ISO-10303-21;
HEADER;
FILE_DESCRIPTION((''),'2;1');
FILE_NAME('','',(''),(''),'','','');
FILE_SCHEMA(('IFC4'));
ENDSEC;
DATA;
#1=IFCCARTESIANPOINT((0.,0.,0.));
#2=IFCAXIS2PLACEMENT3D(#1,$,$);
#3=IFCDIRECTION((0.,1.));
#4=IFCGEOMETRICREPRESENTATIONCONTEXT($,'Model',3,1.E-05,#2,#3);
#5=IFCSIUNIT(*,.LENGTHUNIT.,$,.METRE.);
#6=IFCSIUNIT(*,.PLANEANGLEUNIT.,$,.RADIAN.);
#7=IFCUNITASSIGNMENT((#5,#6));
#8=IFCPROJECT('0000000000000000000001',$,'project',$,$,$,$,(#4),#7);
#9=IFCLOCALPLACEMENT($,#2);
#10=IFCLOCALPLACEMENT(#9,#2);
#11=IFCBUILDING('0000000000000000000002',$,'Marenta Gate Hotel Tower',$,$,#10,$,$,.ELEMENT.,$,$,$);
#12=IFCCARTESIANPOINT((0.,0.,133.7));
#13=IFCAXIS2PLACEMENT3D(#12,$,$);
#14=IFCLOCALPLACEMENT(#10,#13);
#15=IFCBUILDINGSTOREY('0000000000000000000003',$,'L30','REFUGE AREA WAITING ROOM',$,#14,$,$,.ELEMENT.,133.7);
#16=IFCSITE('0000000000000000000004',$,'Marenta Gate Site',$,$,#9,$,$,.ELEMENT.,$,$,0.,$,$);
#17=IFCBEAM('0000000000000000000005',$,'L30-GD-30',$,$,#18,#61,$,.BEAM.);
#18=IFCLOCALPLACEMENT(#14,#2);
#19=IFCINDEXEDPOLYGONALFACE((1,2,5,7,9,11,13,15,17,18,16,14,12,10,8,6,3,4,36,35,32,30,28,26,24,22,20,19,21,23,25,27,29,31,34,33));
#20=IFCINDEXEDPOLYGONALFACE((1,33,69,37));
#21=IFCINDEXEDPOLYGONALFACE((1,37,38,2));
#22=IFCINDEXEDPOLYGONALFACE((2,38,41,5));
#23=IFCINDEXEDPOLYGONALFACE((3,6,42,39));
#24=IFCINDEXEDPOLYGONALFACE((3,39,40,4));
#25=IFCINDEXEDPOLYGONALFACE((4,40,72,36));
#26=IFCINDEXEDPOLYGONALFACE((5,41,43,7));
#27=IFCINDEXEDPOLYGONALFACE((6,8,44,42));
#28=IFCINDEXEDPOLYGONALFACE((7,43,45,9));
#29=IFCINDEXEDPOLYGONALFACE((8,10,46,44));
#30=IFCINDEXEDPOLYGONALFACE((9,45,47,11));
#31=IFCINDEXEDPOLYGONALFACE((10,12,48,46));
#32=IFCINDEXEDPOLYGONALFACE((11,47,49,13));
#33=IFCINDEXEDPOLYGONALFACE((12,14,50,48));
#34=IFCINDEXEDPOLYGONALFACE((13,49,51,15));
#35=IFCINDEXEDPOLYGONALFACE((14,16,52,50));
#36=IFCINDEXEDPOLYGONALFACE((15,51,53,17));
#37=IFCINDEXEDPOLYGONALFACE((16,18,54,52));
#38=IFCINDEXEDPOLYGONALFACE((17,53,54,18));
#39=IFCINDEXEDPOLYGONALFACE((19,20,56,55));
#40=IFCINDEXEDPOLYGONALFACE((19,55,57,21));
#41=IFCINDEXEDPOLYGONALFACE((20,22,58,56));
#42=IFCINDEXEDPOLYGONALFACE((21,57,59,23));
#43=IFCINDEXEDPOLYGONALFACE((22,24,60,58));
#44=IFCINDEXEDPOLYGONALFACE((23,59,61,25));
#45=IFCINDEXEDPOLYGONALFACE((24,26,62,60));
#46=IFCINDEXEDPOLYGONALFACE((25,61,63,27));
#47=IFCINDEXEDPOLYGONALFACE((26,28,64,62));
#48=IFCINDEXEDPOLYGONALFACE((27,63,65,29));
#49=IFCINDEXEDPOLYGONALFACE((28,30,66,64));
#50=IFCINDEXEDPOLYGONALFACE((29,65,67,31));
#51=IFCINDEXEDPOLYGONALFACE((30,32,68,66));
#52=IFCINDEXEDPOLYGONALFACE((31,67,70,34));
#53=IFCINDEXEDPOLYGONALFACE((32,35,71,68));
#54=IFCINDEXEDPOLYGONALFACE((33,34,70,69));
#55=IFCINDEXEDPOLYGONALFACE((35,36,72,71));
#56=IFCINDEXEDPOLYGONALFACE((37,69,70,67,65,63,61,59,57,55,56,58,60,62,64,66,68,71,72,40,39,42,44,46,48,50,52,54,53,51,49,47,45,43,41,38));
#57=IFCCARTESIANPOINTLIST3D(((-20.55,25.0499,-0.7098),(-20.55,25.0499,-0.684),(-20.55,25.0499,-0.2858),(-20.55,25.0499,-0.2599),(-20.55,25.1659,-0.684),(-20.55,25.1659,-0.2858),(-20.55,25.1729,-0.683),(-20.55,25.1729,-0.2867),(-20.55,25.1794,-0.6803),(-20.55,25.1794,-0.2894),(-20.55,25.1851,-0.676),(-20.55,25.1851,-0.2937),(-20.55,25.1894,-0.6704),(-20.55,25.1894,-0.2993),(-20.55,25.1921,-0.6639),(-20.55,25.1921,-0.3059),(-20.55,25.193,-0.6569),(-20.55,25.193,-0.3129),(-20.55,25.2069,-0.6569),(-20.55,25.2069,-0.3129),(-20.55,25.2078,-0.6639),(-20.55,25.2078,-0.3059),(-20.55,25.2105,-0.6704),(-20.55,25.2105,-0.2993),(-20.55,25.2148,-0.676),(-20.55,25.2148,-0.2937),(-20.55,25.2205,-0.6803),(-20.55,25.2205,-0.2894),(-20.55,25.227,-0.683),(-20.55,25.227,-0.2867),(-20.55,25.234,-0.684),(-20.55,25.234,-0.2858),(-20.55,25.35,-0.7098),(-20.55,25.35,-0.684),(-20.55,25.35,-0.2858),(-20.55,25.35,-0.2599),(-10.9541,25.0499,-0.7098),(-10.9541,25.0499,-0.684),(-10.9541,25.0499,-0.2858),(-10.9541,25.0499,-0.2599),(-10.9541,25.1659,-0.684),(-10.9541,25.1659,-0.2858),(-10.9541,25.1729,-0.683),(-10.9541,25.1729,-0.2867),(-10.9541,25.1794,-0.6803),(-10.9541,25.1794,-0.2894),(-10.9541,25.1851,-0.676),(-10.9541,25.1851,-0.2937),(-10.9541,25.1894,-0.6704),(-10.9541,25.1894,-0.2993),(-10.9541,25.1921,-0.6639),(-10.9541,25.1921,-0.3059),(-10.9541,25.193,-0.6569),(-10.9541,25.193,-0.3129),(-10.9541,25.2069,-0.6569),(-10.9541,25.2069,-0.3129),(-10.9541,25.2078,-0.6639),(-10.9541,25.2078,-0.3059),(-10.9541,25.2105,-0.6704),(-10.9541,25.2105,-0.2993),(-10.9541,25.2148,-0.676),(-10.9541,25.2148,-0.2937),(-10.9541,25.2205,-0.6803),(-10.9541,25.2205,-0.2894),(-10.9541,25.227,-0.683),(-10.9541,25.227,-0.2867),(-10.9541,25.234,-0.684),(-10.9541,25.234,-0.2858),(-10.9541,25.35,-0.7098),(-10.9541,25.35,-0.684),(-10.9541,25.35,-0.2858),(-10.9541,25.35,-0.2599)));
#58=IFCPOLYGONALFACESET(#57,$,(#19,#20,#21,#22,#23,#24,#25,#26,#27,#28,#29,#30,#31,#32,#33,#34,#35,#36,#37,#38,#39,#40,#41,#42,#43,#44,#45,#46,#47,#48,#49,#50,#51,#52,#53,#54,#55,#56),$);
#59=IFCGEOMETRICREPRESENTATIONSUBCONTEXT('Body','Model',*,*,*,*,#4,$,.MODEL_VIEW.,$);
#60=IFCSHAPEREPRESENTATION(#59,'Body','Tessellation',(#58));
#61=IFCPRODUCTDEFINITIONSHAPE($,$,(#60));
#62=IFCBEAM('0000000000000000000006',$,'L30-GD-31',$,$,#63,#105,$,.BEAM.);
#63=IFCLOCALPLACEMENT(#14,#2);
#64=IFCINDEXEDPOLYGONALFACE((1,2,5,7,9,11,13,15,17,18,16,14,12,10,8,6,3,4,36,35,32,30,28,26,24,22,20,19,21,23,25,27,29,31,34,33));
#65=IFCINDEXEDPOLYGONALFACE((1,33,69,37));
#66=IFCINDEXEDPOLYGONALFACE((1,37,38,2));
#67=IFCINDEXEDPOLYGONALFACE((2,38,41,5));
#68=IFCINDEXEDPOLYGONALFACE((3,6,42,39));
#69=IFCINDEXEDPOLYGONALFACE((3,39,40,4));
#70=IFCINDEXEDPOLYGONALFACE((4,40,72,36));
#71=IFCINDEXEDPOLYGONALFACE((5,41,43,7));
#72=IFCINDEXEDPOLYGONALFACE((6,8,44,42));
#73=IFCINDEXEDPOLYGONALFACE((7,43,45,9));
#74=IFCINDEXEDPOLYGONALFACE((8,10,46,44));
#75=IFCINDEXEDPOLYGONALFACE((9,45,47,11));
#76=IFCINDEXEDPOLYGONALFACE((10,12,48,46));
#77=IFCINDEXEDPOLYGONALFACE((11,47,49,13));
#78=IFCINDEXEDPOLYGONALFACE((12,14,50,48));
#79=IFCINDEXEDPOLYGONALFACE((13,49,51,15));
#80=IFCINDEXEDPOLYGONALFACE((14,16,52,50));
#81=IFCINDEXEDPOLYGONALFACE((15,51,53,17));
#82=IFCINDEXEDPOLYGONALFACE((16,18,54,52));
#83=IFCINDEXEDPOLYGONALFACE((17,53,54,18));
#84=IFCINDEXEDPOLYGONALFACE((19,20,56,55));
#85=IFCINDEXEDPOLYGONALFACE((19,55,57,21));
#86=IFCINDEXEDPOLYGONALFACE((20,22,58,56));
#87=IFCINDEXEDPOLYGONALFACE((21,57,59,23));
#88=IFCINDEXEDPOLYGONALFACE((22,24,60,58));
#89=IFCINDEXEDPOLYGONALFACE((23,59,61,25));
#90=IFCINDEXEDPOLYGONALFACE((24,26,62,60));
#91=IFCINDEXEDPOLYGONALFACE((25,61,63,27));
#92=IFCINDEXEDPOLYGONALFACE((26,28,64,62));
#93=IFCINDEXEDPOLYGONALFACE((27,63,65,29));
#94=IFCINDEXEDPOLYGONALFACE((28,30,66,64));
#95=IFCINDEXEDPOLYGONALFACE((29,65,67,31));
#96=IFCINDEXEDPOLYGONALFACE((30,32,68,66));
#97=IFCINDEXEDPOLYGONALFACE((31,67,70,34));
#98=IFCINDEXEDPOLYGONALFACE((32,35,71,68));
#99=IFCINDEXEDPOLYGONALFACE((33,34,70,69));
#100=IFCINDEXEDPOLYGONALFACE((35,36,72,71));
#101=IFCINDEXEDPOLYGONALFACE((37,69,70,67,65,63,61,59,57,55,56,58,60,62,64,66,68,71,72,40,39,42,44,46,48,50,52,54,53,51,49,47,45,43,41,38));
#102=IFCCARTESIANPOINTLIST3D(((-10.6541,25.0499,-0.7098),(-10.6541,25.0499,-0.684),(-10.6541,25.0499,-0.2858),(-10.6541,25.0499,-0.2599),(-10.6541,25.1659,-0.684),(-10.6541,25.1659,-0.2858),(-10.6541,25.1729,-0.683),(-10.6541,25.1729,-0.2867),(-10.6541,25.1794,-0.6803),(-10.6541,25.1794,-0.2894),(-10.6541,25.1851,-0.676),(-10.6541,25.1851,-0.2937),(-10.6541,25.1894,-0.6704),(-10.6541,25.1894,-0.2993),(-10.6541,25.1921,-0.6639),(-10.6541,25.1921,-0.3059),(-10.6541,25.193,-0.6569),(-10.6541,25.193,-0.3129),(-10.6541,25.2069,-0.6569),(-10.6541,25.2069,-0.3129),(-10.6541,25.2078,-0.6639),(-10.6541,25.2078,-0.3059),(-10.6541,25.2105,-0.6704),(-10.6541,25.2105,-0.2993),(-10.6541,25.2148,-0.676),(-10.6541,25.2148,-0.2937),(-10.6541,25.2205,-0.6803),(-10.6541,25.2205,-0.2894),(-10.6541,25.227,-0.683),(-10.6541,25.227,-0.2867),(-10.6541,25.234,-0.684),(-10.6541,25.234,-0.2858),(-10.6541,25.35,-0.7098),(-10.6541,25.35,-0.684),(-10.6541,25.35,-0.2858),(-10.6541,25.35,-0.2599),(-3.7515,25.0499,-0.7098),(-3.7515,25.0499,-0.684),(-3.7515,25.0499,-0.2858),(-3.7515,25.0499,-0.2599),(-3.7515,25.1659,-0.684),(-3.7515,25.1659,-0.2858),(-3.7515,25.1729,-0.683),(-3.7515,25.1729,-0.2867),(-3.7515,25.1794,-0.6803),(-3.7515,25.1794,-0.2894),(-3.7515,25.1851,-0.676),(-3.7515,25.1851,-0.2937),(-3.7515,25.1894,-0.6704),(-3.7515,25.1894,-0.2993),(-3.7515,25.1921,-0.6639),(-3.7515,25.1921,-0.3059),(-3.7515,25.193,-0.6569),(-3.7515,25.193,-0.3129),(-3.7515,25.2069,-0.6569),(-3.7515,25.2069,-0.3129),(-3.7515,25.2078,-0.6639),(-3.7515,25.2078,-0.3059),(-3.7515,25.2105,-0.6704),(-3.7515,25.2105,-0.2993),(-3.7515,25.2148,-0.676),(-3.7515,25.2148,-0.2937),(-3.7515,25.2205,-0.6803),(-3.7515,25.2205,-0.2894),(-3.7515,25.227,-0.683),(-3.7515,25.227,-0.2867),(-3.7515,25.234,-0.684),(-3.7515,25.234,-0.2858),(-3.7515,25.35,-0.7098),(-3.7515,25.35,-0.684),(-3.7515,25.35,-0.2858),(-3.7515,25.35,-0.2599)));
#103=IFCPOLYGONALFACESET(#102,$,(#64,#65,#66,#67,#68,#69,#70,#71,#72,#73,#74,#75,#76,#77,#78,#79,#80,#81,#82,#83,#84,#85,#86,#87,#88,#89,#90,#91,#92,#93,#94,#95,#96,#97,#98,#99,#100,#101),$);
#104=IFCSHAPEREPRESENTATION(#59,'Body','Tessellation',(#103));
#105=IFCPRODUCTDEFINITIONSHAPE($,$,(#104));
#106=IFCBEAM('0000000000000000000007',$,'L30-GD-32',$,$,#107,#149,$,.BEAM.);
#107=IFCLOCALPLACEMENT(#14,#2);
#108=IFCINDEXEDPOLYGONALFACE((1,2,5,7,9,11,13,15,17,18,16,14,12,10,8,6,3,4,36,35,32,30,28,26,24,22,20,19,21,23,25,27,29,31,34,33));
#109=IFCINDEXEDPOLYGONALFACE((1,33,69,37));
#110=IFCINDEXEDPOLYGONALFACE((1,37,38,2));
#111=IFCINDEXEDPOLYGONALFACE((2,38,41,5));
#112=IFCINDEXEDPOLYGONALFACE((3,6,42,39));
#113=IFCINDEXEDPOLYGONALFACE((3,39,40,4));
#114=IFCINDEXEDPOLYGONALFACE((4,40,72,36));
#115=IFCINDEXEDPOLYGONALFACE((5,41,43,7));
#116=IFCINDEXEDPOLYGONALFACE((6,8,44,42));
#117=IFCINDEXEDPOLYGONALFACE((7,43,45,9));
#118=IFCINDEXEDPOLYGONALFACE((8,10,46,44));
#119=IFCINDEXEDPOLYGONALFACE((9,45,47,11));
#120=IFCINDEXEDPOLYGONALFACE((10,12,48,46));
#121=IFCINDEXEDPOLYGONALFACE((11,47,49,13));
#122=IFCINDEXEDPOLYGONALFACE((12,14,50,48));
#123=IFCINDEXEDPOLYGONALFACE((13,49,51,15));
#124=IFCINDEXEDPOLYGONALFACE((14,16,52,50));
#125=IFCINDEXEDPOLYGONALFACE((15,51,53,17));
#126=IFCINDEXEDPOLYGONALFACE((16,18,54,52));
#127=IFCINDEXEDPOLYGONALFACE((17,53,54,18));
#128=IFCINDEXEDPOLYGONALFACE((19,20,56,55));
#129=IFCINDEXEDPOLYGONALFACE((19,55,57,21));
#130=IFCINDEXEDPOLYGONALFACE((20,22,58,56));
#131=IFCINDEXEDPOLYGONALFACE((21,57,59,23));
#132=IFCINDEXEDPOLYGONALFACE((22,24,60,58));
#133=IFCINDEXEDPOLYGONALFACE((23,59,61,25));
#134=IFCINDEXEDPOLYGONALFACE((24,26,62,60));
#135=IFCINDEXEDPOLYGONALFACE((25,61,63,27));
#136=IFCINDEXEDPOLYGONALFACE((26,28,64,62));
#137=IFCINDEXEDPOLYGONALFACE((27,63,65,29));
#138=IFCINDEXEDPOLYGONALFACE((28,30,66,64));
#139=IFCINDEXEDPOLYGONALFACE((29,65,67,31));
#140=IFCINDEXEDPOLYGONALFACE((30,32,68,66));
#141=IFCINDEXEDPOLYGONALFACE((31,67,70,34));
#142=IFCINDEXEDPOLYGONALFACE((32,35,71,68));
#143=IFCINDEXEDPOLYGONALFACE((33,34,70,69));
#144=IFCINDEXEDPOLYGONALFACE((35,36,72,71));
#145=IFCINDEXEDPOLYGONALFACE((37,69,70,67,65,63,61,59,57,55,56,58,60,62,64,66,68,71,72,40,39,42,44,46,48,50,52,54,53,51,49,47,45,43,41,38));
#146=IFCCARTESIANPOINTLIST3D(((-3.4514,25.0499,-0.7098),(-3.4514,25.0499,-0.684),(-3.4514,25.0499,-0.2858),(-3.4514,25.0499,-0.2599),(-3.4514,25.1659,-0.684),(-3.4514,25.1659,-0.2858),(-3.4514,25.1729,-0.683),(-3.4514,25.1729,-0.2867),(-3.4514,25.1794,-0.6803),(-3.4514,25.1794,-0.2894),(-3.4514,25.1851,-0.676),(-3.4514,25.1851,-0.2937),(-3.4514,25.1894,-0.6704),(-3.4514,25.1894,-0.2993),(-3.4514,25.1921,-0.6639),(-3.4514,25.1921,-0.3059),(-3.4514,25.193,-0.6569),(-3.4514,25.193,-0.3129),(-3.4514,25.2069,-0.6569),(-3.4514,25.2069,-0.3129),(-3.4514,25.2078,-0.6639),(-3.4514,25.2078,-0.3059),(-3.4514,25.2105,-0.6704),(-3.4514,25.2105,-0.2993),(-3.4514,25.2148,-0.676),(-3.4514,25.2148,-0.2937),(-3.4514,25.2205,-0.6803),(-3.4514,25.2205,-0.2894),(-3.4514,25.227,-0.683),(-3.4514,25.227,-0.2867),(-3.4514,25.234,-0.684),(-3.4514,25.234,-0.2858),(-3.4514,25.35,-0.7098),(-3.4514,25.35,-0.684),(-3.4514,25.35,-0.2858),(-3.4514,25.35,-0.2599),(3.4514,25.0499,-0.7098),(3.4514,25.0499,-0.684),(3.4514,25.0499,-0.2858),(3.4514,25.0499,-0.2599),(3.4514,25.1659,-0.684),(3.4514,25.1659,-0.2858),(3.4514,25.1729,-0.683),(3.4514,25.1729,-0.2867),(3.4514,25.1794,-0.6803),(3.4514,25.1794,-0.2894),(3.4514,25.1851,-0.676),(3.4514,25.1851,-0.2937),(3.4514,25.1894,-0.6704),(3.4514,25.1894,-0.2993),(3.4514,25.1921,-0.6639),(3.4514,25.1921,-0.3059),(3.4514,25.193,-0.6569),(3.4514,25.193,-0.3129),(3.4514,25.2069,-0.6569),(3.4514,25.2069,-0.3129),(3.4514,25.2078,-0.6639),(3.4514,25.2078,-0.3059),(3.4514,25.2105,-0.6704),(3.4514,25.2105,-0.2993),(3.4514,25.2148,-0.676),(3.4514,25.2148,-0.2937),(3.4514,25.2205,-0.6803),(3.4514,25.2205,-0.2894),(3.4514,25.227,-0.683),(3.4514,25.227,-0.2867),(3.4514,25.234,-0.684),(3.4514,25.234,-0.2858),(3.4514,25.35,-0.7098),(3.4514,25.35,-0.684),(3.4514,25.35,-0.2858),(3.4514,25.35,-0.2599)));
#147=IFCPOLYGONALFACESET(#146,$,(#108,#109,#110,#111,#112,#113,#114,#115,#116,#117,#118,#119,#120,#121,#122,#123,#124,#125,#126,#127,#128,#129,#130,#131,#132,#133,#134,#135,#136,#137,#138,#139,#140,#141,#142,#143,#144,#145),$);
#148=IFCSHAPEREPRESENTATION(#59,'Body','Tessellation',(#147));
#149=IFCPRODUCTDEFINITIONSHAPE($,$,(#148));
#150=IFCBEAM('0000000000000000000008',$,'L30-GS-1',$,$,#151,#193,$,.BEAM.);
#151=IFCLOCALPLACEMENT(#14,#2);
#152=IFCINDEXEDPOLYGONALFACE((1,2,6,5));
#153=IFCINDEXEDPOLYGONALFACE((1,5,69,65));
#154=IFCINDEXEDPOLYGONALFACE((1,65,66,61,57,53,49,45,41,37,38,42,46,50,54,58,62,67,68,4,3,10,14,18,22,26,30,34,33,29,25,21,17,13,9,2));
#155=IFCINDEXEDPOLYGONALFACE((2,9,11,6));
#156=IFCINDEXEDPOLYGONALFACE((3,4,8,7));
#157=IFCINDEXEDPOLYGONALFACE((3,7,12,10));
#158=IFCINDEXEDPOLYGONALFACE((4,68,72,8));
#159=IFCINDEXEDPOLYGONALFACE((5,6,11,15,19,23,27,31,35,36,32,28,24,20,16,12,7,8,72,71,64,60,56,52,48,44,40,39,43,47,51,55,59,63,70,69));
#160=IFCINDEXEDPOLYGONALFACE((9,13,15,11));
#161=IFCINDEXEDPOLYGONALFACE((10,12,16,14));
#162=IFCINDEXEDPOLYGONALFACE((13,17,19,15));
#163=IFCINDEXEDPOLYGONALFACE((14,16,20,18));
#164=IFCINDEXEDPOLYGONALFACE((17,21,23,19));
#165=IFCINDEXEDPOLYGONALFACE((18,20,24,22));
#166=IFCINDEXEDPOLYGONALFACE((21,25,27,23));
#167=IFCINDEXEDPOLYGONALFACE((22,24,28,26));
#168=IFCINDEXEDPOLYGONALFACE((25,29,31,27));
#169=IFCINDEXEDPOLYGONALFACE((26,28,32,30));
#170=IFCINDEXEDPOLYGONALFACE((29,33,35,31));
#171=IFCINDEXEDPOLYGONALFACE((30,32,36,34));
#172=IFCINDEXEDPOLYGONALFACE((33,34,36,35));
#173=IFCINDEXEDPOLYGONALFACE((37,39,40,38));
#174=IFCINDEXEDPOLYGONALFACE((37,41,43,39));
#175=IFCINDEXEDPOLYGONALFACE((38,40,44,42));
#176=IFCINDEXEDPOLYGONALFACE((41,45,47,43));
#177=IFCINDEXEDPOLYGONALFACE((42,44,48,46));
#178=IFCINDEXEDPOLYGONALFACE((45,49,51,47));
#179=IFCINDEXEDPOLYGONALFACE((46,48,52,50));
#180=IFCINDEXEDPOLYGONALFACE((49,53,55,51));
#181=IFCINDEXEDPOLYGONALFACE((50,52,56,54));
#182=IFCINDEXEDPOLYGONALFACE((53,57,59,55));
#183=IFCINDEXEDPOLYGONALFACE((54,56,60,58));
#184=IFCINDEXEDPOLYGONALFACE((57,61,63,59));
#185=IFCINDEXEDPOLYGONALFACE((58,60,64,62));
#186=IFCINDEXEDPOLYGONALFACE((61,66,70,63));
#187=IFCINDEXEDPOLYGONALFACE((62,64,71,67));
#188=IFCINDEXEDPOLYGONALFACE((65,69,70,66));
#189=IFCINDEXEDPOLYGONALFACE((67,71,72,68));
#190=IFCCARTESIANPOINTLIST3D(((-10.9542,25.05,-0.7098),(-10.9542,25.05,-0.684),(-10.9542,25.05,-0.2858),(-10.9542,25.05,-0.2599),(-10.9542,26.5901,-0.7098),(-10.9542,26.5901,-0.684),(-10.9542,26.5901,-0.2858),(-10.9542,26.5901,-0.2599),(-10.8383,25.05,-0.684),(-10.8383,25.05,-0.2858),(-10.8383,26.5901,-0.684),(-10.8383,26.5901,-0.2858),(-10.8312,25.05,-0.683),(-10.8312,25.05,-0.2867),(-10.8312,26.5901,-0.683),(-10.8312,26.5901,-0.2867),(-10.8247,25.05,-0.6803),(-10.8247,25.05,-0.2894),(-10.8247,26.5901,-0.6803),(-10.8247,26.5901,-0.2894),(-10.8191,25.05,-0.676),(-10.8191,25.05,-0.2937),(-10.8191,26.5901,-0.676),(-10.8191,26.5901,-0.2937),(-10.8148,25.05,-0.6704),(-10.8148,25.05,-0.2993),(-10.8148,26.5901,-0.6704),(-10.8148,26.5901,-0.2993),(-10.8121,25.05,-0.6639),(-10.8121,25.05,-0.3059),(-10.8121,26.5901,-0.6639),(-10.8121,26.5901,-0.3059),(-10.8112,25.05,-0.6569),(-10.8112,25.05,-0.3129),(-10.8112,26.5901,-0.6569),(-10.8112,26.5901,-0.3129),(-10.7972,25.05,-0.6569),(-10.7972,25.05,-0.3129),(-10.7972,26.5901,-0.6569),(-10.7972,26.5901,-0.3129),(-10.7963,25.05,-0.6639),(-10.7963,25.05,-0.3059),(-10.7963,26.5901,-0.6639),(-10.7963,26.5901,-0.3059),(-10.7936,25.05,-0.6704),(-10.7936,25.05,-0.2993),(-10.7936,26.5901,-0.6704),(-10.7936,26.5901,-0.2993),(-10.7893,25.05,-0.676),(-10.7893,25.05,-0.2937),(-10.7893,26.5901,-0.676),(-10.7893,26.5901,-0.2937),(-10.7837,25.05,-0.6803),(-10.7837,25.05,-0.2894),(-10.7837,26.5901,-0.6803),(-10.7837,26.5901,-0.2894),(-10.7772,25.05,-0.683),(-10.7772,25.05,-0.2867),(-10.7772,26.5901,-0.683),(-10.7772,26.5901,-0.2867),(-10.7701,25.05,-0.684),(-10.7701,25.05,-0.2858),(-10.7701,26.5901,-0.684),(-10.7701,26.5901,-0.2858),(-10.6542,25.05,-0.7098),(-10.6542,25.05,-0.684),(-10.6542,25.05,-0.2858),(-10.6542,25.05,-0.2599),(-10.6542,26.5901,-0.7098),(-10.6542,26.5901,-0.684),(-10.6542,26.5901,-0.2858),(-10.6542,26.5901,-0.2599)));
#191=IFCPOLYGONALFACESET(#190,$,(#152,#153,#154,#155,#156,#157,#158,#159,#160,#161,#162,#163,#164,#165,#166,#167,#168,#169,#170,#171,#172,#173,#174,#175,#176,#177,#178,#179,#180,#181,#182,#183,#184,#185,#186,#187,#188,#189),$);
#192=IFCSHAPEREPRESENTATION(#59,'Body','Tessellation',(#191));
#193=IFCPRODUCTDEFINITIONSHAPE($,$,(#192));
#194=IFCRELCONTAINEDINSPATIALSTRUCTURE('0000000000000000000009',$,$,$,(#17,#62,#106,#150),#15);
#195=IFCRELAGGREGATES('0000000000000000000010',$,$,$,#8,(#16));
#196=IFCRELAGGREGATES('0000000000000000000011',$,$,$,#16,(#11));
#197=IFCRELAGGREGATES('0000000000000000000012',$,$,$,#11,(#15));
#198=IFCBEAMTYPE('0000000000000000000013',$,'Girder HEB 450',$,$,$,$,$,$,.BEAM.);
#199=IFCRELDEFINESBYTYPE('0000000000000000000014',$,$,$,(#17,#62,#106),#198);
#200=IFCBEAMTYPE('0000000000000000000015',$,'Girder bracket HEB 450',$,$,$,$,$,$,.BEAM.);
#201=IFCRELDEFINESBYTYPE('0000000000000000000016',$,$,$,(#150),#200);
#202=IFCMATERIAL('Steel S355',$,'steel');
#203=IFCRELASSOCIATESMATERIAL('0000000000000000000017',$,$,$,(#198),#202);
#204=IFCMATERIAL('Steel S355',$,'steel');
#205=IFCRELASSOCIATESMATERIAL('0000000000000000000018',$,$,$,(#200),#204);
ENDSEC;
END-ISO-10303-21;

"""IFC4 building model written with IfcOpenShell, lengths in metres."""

from ifc_helpers import new_model, si_unit, direction, frame, origin, origin_2d, place, context, subcontext, project, spatial, i_section, extrude, material, material_profile, profile_set, type_object, element, save


model = new_model("IFC4")

# Units and contexts
model_context = context("Model", 3, precision=1e-05, world=origin(), true_north=direction((0.0, 1.0)))
body_context = subcontext(model_context, "Body", "Model", "MODEL_VIEW")
ifc_project = project(units=[si_unit("LENGTHUNIT", "METRE"), si_unit("PLANEANGLEUNIT", "RADIAN")], contexts=[model_context])

# Site, building, storey
site_placement = place(None, origin())
site = spatial("IfcSite", under=ifc_project, at=site_placement, Name="Marenta Gate Site", CompositionType="ELEMENT", RefElevation=0.0)
building_placement = place(site_placement, origin())
building = spatial("IfcBuilding", under=site, at=building_placement, Name="Marenta Gate Hotel Tower", CompositionType="ELEMENT")
storey_placement = place(building_placement, frame((0.0, 0.0, 133.7)))
storey = spatial("IfcBuildingStorey", under=building, at=storey_placement, Name="L30", Description="REFUGE AREA WAITING ROOM", CompositionType="ELEMENT", Elevation=133.7)

# Beams
ifc_material_1 = material(Name="Steel S355", Category="steel")
ifc_material_profile_1 = material_profile(ifc_material_1, i_section(OverallWidth=0.3, OverallDepth=0.45, WebThickness=0.0139, FlangeThickness=0.0259, FilletRadius=0.0271, at=origin_2d()), Name="HEB 450")
ifc_profile_set_1 = profile_set([ifc_material_profile_1], Name="Steel S355")
beam_type_1 = type_object("IfcBeamType", Name="Girder HEB 450", PredefinedType="BEAM", material=ifc_profile_set_1)
beam_1_placement = place(storey_placement, frame((-20.55, 25.2, -0.4849), z_axis=(1.0, 0.0, 0.0), x_axis=(0.0, 1.0, 0.0)))
element("IfcBeam", 1, at=beam_1_placement, inside=storey, type_object=beam_type_1, Name="L30-GD-30", PredefinedType="BEAM", context=body_context, shape_type="SweptSolid", body=[
    extrude(i_section(OverallWidth=0.3, OverallDepth=0.45, WebThickness=0.0139, FlangeThickness=0.0259, FilletRadius=0.0271, at=origin_2d()), origin(), (0.0, 0.0, 1.0), 9.5959),
])
beam_2_placement = place(storey_placement, frame((-10.6541, 25.2, -0.4849), z_axis=(1.0, 0.0, 0.0), x_axis=(0.0, 1.0, 0.0)))
element("IfcBeam", 2, at=beam_2_placement, inside=storey, type_object=beam_type_1, Name="L30-GD-31", PredefinedType="BEAM", context=body_context, shape_type="SweptSolid", body=[
    extrude(i_section(OverallWidth=0.3, OverallDepth=0.45, WebThickness=0.0139, FlangeThickness=0.0259, FilletRadius=0.0271, at=origin_2d()), origin(), (0.0, 0.0, 1.0), 6.9026),
])
beam_3_placement = place(storey_placement, frame((-3.4514, 25.2, -0.4849), z_axis=(1.0, 0.0, 0.0), x_axis=(0.0, 1.0, 0.0)))
element("IfcBeam", 3, at=beam_3_placement, inside=storey, type_object=beam_type_1, Name="L30-GD-32", PredefinedType="BEAM", context=body_context, shape_type="SweptSolid", body=[
    extrude(i_section(OverallWidth=0.3, OverallDepth=0.45, WebThickness=0.0139, FlangeThickness=0.0259, FilletRadius=0.0271, at=origin_2d()), origin(), (0.0, 0.0, 1.0), 6.9028),
])
ifc_material_2 = material(Name="Steel S355", Category="steel")
ifc_material_profile_2 = material_profile(ifc_material_2, i_section(OverallWidth=0.3, OverallDepth=0.45, WebThickness=0.0139, FlangeThickness=0.0259, FilletRadius=0.0271, at=origin_2d()), Name="HEB 450")
ifc_profile_set_2 = profile_set([ifc_material_profile_2], Name="Steel S355")
beam_type_2 = type_object("IfcBeamType", Name="Girder bracket HEB 450", PredefinedType="BEAM", material=ifc_profile_set_2)
for number, where, z_axis, x_axis, name in (
    (4, (-10.8042, 25.05, -0.4849), (0.0, 1.0, 0.0), (-1.0, 0.0, 0.0), "L30-GS-1"),
):
    element("IfcBeam", number, at=place(storey_placement, frame(where, z_axis=z_axis, x_axis=x_axis)), inside=storey, type_object=beam_type_2, Name=name, PredefinedType="BEAM", context=body_context, shape_type="SweptSolid", body=[
        extrude(i_section(OverallWidth=0.3, OverallDepth=0.45, WebThickness=0.0139, FlangeThickness=0.0259, FilletRadius=0.0271, at=origin_2d()), origin(), (0.0, 0.0, 1.0), 1.54),
    ])

save(model, "model.ifc")
